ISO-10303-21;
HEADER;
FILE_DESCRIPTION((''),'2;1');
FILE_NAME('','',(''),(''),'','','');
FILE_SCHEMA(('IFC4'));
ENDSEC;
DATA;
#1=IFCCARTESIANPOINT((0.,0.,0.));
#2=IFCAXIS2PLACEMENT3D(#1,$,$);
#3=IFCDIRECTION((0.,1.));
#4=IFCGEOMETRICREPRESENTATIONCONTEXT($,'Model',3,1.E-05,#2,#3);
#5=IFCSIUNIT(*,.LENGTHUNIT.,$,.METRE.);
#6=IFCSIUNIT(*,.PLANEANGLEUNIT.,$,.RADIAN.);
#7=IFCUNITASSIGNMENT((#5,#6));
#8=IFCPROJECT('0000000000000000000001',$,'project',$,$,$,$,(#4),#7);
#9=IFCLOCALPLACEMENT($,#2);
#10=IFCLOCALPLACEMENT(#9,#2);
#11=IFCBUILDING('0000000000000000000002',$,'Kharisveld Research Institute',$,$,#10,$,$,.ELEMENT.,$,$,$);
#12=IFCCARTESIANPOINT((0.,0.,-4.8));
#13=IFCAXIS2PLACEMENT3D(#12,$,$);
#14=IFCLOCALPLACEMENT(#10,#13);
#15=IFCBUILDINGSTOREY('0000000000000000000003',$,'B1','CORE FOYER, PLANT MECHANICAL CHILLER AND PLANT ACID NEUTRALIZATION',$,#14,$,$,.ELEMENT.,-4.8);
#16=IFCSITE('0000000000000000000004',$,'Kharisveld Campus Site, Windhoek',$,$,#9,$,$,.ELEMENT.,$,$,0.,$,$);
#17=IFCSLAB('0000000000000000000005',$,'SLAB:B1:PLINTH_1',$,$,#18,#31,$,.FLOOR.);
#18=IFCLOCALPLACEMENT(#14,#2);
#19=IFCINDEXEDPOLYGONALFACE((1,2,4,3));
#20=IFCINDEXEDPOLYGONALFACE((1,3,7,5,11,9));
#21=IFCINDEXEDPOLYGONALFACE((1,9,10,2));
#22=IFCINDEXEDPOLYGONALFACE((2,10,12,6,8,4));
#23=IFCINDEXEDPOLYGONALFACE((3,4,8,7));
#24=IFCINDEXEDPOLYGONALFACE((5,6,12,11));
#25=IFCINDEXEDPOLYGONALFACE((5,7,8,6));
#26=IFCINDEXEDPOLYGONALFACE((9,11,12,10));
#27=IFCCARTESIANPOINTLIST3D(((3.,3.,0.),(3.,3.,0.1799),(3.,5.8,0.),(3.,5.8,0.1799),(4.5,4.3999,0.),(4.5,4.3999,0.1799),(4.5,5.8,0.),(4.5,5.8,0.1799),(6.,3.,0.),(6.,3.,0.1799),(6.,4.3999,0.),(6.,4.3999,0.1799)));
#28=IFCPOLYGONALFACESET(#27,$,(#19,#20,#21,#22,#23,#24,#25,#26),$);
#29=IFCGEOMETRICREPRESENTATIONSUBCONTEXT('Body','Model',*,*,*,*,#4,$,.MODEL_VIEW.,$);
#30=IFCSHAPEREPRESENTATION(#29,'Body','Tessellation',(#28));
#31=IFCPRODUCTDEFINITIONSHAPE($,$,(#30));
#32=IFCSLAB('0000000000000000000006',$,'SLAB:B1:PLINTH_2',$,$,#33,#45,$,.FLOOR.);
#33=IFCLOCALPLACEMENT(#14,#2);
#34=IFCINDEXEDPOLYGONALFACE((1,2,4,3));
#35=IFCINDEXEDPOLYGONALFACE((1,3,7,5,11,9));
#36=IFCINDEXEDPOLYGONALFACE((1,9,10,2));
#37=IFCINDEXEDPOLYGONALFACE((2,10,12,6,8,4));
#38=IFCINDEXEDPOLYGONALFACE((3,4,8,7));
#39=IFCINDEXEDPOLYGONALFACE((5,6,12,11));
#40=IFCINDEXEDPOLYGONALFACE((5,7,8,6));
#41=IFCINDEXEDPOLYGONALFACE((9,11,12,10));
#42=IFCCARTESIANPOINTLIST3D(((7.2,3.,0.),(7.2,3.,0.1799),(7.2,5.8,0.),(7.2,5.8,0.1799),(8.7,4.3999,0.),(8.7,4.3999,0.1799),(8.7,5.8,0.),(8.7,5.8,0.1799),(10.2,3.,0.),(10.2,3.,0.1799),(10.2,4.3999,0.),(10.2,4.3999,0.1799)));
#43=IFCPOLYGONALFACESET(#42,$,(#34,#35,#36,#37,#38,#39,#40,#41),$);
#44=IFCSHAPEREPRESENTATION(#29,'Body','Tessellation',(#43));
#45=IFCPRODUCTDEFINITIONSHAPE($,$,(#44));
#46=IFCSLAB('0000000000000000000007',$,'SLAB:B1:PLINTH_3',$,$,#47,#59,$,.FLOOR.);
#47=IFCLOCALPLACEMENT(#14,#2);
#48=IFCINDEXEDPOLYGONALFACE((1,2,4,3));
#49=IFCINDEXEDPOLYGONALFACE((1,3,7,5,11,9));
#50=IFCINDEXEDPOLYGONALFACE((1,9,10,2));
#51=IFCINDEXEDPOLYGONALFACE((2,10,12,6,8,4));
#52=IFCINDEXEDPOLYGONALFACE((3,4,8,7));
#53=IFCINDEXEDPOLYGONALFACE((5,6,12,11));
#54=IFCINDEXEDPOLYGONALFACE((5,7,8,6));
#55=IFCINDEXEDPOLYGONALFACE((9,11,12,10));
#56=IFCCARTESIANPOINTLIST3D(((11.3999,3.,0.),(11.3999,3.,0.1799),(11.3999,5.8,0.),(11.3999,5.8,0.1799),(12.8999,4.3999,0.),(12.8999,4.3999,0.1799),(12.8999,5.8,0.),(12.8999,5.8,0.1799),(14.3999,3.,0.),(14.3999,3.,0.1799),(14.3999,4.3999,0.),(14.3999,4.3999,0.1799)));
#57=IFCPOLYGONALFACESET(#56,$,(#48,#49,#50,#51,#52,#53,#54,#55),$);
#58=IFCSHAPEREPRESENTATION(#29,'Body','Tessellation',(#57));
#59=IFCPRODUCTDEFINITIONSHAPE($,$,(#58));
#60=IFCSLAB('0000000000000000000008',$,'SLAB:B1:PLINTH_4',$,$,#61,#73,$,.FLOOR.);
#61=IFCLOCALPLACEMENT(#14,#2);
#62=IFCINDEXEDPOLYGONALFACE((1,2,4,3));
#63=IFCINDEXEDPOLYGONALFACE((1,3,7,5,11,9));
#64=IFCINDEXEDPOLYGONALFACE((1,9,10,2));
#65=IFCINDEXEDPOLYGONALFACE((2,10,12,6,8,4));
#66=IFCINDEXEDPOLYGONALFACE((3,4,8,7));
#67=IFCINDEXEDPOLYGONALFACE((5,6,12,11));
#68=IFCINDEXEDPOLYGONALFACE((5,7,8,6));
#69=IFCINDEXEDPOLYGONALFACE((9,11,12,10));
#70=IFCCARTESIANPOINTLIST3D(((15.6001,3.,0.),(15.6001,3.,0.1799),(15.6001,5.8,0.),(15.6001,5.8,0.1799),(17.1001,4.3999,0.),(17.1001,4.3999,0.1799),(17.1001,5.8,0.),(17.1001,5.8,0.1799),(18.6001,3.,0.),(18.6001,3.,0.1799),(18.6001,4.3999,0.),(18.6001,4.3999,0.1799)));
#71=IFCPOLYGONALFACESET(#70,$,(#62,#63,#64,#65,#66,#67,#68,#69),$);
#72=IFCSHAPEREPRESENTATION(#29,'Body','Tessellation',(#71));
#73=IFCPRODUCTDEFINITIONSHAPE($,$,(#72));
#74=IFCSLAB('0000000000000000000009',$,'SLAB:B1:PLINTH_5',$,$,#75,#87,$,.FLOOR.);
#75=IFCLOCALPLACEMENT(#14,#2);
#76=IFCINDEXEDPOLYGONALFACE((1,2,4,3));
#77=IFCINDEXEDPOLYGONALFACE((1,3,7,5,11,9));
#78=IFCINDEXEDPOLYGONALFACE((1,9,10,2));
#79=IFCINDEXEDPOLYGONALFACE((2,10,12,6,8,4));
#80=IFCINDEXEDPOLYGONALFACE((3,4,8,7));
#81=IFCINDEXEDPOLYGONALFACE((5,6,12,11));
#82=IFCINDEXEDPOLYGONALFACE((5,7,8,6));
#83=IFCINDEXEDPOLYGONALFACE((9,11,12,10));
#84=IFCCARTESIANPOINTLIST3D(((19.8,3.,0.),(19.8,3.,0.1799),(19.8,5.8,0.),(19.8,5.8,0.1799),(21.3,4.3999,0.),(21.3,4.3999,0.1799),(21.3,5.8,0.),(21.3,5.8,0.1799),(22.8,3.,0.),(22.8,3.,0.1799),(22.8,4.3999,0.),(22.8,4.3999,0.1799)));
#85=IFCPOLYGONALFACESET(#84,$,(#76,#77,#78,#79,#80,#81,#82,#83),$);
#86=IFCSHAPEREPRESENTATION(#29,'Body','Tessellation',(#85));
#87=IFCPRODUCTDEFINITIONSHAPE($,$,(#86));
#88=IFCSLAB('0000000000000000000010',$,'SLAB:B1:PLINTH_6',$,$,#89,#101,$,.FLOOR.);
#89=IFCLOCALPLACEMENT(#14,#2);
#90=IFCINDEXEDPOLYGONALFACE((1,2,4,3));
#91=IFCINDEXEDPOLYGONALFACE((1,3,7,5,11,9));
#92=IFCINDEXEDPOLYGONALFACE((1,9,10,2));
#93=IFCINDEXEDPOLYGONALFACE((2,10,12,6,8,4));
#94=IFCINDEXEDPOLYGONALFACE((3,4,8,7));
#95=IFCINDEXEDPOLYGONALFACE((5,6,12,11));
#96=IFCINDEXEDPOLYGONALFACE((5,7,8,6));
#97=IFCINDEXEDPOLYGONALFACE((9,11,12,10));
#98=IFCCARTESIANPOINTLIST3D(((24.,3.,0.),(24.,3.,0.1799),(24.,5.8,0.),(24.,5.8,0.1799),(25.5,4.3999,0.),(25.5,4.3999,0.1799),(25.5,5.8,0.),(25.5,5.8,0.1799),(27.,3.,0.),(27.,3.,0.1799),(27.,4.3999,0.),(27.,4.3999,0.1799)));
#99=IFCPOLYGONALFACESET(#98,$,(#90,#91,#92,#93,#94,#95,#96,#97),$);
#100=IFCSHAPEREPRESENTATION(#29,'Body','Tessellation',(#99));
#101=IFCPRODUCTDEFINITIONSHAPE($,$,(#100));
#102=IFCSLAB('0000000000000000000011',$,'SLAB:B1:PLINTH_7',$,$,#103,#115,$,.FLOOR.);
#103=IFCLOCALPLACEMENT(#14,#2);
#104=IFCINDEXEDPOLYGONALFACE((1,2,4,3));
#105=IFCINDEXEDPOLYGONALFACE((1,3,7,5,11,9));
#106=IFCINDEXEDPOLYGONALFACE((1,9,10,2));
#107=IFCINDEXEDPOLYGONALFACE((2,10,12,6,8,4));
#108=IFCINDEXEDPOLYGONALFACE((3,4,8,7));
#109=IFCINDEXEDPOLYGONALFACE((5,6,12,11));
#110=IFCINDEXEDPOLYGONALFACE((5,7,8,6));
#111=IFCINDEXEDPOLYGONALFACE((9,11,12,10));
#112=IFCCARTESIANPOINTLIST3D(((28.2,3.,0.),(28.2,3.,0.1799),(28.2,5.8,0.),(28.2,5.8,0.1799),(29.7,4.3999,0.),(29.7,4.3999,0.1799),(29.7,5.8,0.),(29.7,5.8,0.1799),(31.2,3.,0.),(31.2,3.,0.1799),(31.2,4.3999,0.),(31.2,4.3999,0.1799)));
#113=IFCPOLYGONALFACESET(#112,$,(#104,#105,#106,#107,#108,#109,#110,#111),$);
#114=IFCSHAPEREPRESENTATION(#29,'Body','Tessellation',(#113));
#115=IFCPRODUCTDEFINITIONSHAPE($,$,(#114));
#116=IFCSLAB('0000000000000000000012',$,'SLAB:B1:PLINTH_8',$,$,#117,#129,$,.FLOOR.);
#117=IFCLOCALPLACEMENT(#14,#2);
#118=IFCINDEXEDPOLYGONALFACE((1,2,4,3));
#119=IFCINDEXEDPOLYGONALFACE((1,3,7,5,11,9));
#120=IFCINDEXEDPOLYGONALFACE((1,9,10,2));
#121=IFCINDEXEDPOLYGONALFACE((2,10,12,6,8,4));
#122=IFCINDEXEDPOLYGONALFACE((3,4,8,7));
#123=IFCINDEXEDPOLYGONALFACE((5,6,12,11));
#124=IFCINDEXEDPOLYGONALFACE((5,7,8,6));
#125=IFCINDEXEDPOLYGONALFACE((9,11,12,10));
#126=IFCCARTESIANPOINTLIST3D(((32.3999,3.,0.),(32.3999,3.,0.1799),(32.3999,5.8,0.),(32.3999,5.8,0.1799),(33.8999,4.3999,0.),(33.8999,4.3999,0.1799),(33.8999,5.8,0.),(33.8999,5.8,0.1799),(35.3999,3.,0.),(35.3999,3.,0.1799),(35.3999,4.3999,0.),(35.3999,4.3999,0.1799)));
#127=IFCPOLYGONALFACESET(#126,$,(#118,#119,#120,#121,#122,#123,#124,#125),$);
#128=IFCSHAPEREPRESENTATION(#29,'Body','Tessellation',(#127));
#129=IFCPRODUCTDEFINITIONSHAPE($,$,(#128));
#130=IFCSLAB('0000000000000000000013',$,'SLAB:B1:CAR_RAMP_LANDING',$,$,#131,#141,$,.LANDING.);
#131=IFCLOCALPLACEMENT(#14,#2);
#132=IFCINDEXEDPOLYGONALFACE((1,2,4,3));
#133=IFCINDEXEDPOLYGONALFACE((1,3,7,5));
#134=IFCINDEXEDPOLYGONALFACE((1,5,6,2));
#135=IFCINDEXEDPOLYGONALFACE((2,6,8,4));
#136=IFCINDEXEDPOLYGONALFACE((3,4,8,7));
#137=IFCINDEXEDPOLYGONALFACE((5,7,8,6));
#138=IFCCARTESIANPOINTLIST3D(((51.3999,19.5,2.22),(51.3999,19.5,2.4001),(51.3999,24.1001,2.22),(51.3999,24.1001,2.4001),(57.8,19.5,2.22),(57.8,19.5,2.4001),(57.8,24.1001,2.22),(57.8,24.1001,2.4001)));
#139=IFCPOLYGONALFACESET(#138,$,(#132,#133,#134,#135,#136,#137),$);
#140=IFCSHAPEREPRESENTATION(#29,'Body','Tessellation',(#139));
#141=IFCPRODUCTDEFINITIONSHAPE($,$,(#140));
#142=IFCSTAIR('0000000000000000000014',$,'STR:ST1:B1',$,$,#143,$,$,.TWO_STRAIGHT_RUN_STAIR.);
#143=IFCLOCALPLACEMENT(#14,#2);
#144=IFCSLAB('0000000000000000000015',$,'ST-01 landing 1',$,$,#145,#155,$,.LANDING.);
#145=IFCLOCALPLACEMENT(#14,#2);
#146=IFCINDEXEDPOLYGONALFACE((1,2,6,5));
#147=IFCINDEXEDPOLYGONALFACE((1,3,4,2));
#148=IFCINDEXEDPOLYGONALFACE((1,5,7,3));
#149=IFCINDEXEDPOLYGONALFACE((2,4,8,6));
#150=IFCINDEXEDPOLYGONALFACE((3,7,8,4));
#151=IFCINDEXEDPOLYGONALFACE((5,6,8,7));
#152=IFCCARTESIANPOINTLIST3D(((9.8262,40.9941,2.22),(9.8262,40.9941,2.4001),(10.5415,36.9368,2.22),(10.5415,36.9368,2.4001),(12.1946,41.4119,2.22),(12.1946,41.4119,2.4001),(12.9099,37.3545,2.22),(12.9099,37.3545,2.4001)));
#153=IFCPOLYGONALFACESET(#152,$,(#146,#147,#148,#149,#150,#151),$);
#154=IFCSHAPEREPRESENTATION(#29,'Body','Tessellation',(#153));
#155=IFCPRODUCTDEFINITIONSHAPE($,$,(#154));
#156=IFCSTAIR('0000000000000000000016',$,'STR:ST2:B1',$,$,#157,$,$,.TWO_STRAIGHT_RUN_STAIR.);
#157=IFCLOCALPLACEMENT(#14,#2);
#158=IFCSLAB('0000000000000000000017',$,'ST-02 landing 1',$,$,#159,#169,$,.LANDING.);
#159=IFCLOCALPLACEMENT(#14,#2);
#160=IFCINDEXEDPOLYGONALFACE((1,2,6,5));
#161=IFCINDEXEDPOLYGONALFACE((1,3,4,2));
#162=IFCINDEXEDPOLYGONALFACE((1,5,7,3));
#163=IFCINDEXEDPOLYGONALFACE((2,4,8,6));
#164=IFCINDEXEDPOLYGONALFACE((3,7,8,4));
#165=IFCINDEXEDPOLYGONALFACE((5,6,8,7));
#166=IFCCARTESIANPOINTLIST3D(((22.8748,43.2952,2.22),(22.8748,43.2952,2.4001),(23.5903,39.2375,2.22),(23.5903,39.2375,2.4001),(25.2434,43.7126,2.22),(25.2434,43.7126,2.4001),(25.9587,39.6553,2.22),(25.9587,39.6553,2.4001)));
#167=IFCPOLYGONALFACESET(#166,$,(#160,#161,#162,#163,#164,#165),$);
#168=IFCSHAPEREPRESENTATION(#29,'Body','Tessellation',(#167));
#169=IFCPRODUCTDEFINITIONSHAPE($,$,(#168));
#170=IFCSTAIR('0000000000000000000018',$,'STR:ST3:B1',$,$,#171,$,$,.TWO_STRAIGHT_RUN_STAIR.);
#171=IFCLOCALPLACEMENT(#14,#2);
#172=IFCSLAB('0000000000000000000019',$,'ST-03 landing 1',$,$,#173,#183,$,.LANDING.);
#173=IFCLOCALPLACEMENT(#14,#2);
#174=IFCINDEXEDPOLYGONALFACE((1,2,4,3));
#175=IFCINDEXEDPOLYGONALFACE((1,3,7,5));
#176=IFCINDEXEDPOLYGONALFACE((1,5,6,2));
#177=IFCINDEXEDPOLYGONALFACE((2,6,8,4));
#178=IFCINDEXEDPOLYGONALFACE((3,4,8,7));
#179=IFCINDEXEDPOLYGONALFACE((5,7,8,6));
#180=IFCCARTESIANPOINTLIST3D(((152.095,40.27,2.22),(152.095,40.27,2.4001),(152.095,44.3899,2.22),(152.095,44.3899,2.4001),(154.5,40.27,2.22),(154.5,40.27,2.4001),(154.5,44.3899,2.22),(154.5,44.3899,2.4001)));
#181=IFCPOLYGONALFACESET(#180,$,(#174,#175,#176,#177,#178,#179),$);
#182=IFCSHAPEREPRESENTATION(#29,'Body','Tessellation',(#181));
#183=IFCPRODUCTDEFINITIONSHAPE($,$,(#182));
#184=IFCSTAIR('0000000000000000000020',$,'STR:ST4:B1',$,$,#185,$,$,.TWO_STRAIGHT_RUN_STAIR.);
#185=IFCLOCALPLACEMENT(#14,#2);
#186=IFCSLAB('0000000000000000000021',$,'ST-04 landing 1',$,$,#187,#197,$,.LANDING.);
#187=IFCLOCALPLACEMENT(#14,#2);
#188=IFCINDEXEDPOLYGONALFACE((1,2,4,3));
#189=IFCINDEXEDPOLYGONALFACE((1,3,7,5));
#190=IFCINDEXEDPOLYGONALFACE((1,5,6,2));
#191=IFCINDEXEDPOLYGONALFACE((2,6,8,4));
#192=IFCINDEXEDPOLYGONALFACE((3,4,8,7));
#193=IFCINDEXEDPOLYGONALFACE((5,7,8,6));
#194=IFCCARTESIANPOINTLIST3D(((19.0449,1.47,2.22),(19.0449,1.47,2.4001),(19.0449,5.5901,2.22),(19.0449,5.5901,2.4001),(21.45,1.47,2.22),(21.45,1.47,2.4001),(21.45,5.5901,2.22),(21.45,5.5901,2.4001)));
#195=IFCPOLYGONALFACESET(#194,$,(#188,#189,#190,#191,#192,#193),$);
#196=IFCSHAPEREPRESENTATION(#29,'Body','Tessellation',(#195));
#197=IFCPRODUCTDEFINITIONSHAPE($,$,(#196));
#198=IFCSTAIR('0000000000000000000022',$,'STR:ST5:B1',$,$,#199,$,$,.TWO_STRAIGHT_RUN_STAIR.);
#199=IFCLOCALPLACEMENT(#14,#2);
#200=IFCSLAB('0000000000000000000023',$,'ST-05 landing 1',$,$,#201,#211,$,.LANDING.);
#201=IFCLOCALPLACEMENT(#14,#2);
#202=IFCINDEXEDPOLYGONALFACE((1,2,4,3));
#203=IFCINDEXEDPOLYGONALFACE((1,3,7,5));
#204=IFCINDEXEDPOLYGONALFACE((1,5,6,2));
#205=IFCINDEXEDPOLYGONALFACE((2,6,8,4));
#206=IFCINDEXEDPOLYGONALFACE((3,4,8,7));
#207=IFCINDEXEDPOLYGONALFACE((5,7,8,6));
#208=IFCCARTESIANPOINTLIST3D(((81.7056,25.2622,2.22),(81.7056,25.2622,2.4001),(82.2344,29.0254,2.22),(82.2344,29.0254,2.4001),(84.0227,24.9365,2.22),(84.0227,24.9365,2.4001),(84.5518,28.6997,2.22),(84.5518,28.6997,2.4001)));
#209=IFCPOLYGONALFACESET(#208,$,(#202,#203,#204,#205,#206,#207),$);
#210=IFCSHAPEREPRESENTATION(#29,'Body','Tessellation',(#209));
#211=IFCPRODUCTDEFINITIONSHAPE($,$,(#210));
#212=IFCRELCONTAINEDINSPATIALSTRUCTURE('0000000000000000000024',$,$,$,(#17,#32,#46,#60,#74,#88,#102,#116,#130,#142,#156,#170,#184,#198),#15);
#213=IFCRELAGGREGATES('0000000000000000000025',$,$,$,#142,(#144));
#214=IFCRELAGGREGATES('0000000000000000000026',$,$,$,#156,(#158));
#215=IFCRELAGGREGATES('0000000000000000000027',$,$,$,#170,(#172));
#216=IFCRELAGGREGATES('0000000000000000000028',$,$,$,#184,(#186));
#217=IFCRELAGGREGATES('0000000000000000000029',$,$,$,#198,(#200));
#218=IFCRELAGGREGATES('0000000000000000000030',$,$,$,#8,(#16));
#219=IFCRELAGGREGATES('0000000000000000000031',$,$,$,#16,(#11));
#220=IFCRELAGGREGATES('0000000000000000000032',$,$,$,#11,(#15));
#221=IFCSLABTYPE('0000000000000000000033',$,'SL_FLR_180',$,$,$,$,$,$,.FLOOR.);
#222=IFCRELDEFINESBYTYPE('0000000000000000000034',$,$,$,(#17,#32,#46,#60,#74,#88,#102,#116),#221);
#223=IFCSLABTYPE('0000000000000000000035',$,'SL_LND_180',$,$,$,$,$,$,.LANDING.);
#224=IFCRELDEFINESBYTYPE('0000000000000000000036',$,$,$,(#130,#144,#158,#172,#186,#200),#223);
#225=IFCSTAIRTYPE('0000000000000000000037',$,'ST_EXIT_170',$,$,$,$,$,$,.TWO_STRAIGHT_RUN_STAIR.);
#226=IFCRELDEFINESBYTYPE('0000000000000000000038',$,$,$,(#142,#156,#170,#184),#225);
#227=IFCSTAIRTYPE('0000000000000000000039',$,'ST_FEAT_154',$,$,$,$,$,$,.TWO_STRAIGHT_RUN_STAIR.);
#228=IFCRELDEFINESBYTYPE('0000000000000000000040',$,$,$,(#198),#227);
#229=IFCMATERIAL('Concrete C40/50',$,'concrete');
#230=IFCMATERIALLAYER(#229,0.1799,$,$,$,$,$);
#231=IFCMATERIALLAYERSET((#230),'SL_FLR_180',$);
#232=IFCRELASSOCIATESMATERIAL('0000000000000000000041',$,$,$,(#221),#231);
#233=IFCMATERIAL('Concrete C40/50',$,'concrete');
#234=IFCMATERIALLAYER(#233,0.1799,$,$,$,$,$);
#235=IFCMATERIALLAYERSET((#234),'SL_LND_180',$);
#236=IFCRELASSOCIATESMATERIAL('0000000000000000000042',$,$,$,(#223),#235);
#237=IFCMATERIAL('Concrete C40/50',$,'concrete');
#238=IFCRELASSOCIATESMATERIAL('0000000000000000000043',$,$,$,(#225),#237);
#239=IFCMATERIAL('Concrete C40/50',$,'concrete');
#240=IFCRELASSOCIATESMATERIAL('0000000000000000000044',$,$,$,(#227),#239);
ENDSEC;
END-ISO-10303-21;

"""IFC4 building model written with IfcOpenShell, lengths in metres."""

from ifc_helpers import new_model, si_unit, direction, frame, origin, place, context, subcontext, project, spatial, polyline, outline, extrude, material, layer, layer_set, type_object, element, aggregate, save


model = new_model("IFC4")

# Units and contexts
model_context = context("Model", 3, precision=1e-05, world=origin(), true_north=direction((0.0, 1.0)))
body_context = subcontext(model_context, "Body", "Model", "MODEL_VIEW")
ifc_project = project(units=[si_unit("LENGTHUNIT", "METRE"), si_unit("PLANEANGLEUNIT", "RADIAN")], contexts=[model_context])

# Site, building, storey
site_placement = place(None, origin())
site = spatial("IfcSite", under=ifc_project, at=site_placement, Name="Kharisveld Campus Site, Windhoek", CompositionType="ELEMENT", RefElevation=0.0)
building_placement = place(site_placement, origin())
building = spatial("IfcBuilding", under=site, at=building_placement, Name="Kharisveld Research Institute", CompositionType="ELEMENT")
storey_placement = place(building_placement, frame((0.0, 0.0, -4.8)))
storey = spatial("IfcBuildingStorey", under=building, at=storey_placement, Name="B1", Description="CORE FOYER, PLANT MECHANICAL CHILLER AND PLANT ACID NEUTRALIZATION", CompositionType="ELEMENT", Elevation=-4.8)

# Slabs
ifc_material_1 = material(Name="Concrete C40/50", Category="concrete")
ifc_layer_1 = layer(ifc_material_1, 0.1799)
ifc_layer_set_1 = layer_set([ifc_layer_1], Name="SL_FLR_180")
slab_type_1 = type_object("IfcSlabType", Name="SL_FLR_180", PredefinedType="FLOOR", material=ifc_layer_set_1)
slab_1_placement = place(storey_placement, origin())
element("IfcSlab", 1, at=slab_1_placement, inside=storey, type_object=slab_type_1, Name="SLAB:B1:PLINTH_1", PredefinedType="FLOOR", context=body_context, shape_type="SweptSolid", body=[
    extrude(outline(polyline([(3.0, 3.0), (6.0, 3.0), (6.0, 4.3999), (4.5, 4.3999), (4.5, 5.8), (3.0, 5.8), (3.0, 3.0)])), origin(), (0.0, 0.0, 1.0), 0.1799),
])
slab_2_placement = place(storey_placement, origin())
element("IfcSlab", 2, at=slab_2_placement, inside=storey, type_object=slab_type_1, Name="SLAB:B1:PLINTH_2", PredefinedType="FLOOR", context=body_context, shape_type="SweptSolid", body=[
    extrude(outline(polyline([(7.2, 3.0), (10.2, 3.0), (10.2, 4.3999), (8.7, 4.3999), (8.7, 5.8), (7.2, 5.8), (7.2, 3.0)])), origin(), (0.0, 0.0, 1.0), 0.1799),
])
slab_3_placement = place(storey_placement, origin())
element("IfcSlab", 3, at=slab_3_placement, inside=storey, type_object=slab_type_1, Name="SLAB:B1:PLINTH_3", PredefinedType="FLOOR", context=body_context, shape_type="SweptSolid", body=[
    extrude(outline(polyline([(11.3999, 3.0), (14.3999, 3.0), (14.3999, 4.3999), (12.8999, 4.3999), (12.8999, 5.8), (11.3999, 5.8), (11.3999, 3.0)])), origin(), (0.0, 0.0, 1.0), 0.1799),
])
slab_4_placement = place(storey_placement, origin())
element("IfcSlab", 4, at=slab_4_placement, inside=storey, type_object=slab_type_1, Name="SLAB:B1:PLINTH_4", PredefinedType="FLOOR", context=body_context, shape_type="SweptSolid", body=[
    extrude(outline(polyline([(15.6001, 3.0), (18.6001, 3.0), (18.6001, 4.3999), (17.1001, 4.3999), (17.1001, 5.8), (15.6001, 5.8), (15.6001, 3.0)])), origin(), (0.0, 0.0, 1.0), 0.1799),
])
slab_5_placement = place(storey_placement, origin())
element("IfcSlab", 5, at=slab_5_placement, inside=storey, type_object=slab_type_1, Name="SLAB:B1:PLINTH_5", PredefinedType="FLOOR", context=body_context, shape_type="SweptSolid", body=[
    extrude(outline(polyline([(19.8, 3.0), (22.8, 3.0), (22.8, 4.3999), (21.3, 4.3999), (21.3, 5.8), (19.8, 5.8), (19.8, 3.0)])), origin(), (0.0, 0.0, 1.0), 0.1799),
])
slab_6_placement = place(storey_placement, origin())
element("IfcSlab", 6, at=slab_6_placement, inside=storey, type_object=slab_type_1, Name="SLAB:B1:PLINTH_6", PredefinedType="FLOOR", context=body_context, shape_type="SweptSolid", body=[
    extrude(outline(polyline([(24.0, 3.0), (27.0, 3.0), (27.0, 4.3999), (25.5, 4.3999), (25.5, 5.8), (24.0, 5.8), (24.0, 3.0)])), origin(), (0.0, 0.0, 1.0), 0.1799),
])
slab_7_placement = place(storey_placement, origin())
element("IfcSlab", 7, at=slab_7_placement, inside=storey, type_object=slab_type_1, Name="SLAB:B1:PLINTH_7", PredefinedType="FLOOR", context=body_context, shape_type="SweptSolid", body=[
    extrude(outline(polyline([(28.2, 3.0), (31.2, 3.0), (31.2, 4.3999), (29.7, 4.3999), (29.7, 5.8), (28.2, 5.8), (28.2, 3.0)])), origin(), (0.0, 0.0, 1.0), 0.1799),
])
slab_8_placement = place(storey_placement, origin())
element("IfcSlab", 8, at=slab_8_placement, inside=storey, type_object=slab_type_1, Name="SLAB:B1:PLINTH_8", PredefinedType="FLOOR", context=body_context, shape_type="SweptSolid", body=[
    extrude(outline(polyline([(32.3999, 3.0), (35.3999, 3.0), (35.3999, 4.3999), (33.8999, 4.3999), (33.8999, 5.8), (32.3999, 5.8), (32.3999, 3.0)])), origin(), (0.0, 0.0, 1.0), 0.1799),
])
ifc_material_2 = material(Name="Concrete C40/50", Category="concrete")
ifc_layer_2 = layer(ifc_material_2, 0.1799)
ifc_layer_set_2 = layer_set([ifc_layer_2], Name="SL_LND_180")
slab_type_2 = type_object("IfcSlabType", Name="SL_LND_180", PredefinedType="LANDING", material=ifc_layer_set_2)
slab_9_placement = place(storey_placement, frame((0.0, 0.0, 2.22)))
element("IfcSlab", 9, at=slab_9_placement, inside=storey, type_object=slab_type_2, Name="SLAB:B1:CAR_RAMP_LANDING", PredefinedType="LANDING", context=body_context, shape_type="SweptSolid", body=[
    extrude(outline(polyline([(51.3999, 19.5), (57.8, 19.5), (57.8, 24.1001), (51.3999, 24.1001), (51.3999, 19.5)])), origin(), (0.0, 0.0, 1.0), 0.1802),
])

# Stairs, slabs
ifc_material_3 = material(Name="Concrete C40/50", Category="concrete")
stair_type_1 = type_object("IfcStairType", Name="ST_EXIT_170", PredefinedType="TWO_STRAIGHT_RUN_STAIR", material=ifc_material_3)
stair_1_placement = place(storey_placement, origin())
stair_1 = element("IfcStair", 10, at=stair_1_placement, inside=storey, type_object=stair_type_1, Name="STR:ST1:B1", PredefinedType="TWO_STRAIGHT_RUN_STAIR")
slab_10_placement = place(storey_placement, frame((0.0, 0.0, 2.22)))
slab_10 = element("IfcSlab", 11, at=slab_10_placement, type_object=slab_type_2, Name="ST-01 landing 1", PredefinedType="LANDING", context=body_context, shape_type="SweptSolid", body=[
    extrude(outline(polyline([(10.5415, 36.9368), (12.9099, 37.3545), (12.1946, 41.4119), (9.8262, 40.9941), (10.5415, 36.9368)])), origin(), (0.0, 0.0, 1.0), 0.1802),
])
aggregate(stair_1, [slab_10])
stair_2_placement = place(storey_placement, origin())
stair_2 = element("IfcStair", 12, at=stair_2_placement, inside=storey, type_object=stair_type_1, Name="STR:ST2:B1", PredefinedType="TWO_STRAIGHT_RUN_STAIR")
slab_11_placement = place(storey_placement, frame((0.0, 0.0, 2.22)))
slab_11 = element("IfcSlab", 13, at=slab_11_placement, type_object=slab_type_2, Name="ST-02 landing 1", PredefinedType="LANDING", context=body_context, shape_type="SweptSolid", body=[
    extrude(outline(polyline([(23.5903, 39.2375), (25.9587, 39.6553), (25.2434, 43.7126), (22.8748, 43.2952), (23.5903, 39.2375)])), origin(), (0.0, 0.0, 1.0), 0.1802),
])
aggregate(stair_2, [slab_11])
stair_3_placement = place(storey_placement, origin())
stair_3 = element("IfcStair", 14, at=stair_3_placement, inside=storey, type_object=stair_type_1, Name="STR:ST3:B1", PredefinedType="TWO_STRAIGHT_RUN_STAIR")
slab_12_placement = place(storey_placement, frame((0.0, 0.0, 2.22)))
slab_12 = element("IfcSlab", 15, at=slab_12_placement, type_object=slab_type_2, Name="ST-03 landing 1", PredefinedType="LANDING", context=body_context, shape_type="SweptSolid", body=[
    extrude(outline(polyline([(152.095, 40.27), (154.5, 40.27), (154.5, 44.3899), (152.095, 44.3899), (152.095, 40.27)])), origin(), (0.0, 0.0, 1.0), 0.1802),
])
aggregate(stair_3, [slab_12])
stair_4_placement = place(storey_placement, origin())
stair_4 = element("IfcStair", 16, at=stair_4_placement, inside=storey, type_object=stair_type_1, Name="STR:ST4:B1", PredefinedType="TWO_STRAIGHT_RUN_STAIR")
slab_13_placement = place(storey_placement, frame((0.0, 0.0, 2.22)))
slab_13 = element("IfcSlab", 17, at=slab_13_placement, type_object=slab_type_2, Name="ST-04 landing 1", PredefinedType="LANDING", context=body_context, shape_type="SweptSolid", body=[
    extrude(outline(polyline([(19.0449, 1.47), (21.45, 1.47), (21.45, 5.5901), (19.0449, 5.5901), (19.0449, 1.47)])), origin(), (0.0, 0.0, 1.0), 0.1802),
])
aggregate(stair_4, [slab_13])
ifc_material_4 = material(Name="Concrete C40/50", Category="concrete")
stair_type_2 = type_object("IfcStairType", Name="ST_FEAT_154", PredefinedType="TWO_STRAIGHT_RUN_STAIR", material=ifc_material_4)
stair_5_placement = place(storey_placement, origin())
stair_5 = element("IfcStair", 18, at=stair_5_placement, inside=storey, type_object=stair_type_2, Name="STR:ST5:B1", PredefinedType="TWO_STRAIGHT_RUN_STAIR")
slab_14_placement = place(storey_placement, frame((0.0, 0.0, 2.22)))
slab_14 = element("IfcSlab", 19, at=slab_14_placement, type_object=slab_type_2, Name="ST-05 landing 1", PredefinedType="LANDING", context=body_context, shape_type="SweptSolid", body=[
    extrude(outline(polyline([(81.7056, 25.2622), (84.0227, 24.9365), (84.5518, 28.6997), (82.2344, 29.0254), (81.7056, 25.2622)])), origin(), (0.0, 0.0, 1.0), 0.1802),
])
aggregate(stair_5, [slab_14])

save(model, "model.ifc")
